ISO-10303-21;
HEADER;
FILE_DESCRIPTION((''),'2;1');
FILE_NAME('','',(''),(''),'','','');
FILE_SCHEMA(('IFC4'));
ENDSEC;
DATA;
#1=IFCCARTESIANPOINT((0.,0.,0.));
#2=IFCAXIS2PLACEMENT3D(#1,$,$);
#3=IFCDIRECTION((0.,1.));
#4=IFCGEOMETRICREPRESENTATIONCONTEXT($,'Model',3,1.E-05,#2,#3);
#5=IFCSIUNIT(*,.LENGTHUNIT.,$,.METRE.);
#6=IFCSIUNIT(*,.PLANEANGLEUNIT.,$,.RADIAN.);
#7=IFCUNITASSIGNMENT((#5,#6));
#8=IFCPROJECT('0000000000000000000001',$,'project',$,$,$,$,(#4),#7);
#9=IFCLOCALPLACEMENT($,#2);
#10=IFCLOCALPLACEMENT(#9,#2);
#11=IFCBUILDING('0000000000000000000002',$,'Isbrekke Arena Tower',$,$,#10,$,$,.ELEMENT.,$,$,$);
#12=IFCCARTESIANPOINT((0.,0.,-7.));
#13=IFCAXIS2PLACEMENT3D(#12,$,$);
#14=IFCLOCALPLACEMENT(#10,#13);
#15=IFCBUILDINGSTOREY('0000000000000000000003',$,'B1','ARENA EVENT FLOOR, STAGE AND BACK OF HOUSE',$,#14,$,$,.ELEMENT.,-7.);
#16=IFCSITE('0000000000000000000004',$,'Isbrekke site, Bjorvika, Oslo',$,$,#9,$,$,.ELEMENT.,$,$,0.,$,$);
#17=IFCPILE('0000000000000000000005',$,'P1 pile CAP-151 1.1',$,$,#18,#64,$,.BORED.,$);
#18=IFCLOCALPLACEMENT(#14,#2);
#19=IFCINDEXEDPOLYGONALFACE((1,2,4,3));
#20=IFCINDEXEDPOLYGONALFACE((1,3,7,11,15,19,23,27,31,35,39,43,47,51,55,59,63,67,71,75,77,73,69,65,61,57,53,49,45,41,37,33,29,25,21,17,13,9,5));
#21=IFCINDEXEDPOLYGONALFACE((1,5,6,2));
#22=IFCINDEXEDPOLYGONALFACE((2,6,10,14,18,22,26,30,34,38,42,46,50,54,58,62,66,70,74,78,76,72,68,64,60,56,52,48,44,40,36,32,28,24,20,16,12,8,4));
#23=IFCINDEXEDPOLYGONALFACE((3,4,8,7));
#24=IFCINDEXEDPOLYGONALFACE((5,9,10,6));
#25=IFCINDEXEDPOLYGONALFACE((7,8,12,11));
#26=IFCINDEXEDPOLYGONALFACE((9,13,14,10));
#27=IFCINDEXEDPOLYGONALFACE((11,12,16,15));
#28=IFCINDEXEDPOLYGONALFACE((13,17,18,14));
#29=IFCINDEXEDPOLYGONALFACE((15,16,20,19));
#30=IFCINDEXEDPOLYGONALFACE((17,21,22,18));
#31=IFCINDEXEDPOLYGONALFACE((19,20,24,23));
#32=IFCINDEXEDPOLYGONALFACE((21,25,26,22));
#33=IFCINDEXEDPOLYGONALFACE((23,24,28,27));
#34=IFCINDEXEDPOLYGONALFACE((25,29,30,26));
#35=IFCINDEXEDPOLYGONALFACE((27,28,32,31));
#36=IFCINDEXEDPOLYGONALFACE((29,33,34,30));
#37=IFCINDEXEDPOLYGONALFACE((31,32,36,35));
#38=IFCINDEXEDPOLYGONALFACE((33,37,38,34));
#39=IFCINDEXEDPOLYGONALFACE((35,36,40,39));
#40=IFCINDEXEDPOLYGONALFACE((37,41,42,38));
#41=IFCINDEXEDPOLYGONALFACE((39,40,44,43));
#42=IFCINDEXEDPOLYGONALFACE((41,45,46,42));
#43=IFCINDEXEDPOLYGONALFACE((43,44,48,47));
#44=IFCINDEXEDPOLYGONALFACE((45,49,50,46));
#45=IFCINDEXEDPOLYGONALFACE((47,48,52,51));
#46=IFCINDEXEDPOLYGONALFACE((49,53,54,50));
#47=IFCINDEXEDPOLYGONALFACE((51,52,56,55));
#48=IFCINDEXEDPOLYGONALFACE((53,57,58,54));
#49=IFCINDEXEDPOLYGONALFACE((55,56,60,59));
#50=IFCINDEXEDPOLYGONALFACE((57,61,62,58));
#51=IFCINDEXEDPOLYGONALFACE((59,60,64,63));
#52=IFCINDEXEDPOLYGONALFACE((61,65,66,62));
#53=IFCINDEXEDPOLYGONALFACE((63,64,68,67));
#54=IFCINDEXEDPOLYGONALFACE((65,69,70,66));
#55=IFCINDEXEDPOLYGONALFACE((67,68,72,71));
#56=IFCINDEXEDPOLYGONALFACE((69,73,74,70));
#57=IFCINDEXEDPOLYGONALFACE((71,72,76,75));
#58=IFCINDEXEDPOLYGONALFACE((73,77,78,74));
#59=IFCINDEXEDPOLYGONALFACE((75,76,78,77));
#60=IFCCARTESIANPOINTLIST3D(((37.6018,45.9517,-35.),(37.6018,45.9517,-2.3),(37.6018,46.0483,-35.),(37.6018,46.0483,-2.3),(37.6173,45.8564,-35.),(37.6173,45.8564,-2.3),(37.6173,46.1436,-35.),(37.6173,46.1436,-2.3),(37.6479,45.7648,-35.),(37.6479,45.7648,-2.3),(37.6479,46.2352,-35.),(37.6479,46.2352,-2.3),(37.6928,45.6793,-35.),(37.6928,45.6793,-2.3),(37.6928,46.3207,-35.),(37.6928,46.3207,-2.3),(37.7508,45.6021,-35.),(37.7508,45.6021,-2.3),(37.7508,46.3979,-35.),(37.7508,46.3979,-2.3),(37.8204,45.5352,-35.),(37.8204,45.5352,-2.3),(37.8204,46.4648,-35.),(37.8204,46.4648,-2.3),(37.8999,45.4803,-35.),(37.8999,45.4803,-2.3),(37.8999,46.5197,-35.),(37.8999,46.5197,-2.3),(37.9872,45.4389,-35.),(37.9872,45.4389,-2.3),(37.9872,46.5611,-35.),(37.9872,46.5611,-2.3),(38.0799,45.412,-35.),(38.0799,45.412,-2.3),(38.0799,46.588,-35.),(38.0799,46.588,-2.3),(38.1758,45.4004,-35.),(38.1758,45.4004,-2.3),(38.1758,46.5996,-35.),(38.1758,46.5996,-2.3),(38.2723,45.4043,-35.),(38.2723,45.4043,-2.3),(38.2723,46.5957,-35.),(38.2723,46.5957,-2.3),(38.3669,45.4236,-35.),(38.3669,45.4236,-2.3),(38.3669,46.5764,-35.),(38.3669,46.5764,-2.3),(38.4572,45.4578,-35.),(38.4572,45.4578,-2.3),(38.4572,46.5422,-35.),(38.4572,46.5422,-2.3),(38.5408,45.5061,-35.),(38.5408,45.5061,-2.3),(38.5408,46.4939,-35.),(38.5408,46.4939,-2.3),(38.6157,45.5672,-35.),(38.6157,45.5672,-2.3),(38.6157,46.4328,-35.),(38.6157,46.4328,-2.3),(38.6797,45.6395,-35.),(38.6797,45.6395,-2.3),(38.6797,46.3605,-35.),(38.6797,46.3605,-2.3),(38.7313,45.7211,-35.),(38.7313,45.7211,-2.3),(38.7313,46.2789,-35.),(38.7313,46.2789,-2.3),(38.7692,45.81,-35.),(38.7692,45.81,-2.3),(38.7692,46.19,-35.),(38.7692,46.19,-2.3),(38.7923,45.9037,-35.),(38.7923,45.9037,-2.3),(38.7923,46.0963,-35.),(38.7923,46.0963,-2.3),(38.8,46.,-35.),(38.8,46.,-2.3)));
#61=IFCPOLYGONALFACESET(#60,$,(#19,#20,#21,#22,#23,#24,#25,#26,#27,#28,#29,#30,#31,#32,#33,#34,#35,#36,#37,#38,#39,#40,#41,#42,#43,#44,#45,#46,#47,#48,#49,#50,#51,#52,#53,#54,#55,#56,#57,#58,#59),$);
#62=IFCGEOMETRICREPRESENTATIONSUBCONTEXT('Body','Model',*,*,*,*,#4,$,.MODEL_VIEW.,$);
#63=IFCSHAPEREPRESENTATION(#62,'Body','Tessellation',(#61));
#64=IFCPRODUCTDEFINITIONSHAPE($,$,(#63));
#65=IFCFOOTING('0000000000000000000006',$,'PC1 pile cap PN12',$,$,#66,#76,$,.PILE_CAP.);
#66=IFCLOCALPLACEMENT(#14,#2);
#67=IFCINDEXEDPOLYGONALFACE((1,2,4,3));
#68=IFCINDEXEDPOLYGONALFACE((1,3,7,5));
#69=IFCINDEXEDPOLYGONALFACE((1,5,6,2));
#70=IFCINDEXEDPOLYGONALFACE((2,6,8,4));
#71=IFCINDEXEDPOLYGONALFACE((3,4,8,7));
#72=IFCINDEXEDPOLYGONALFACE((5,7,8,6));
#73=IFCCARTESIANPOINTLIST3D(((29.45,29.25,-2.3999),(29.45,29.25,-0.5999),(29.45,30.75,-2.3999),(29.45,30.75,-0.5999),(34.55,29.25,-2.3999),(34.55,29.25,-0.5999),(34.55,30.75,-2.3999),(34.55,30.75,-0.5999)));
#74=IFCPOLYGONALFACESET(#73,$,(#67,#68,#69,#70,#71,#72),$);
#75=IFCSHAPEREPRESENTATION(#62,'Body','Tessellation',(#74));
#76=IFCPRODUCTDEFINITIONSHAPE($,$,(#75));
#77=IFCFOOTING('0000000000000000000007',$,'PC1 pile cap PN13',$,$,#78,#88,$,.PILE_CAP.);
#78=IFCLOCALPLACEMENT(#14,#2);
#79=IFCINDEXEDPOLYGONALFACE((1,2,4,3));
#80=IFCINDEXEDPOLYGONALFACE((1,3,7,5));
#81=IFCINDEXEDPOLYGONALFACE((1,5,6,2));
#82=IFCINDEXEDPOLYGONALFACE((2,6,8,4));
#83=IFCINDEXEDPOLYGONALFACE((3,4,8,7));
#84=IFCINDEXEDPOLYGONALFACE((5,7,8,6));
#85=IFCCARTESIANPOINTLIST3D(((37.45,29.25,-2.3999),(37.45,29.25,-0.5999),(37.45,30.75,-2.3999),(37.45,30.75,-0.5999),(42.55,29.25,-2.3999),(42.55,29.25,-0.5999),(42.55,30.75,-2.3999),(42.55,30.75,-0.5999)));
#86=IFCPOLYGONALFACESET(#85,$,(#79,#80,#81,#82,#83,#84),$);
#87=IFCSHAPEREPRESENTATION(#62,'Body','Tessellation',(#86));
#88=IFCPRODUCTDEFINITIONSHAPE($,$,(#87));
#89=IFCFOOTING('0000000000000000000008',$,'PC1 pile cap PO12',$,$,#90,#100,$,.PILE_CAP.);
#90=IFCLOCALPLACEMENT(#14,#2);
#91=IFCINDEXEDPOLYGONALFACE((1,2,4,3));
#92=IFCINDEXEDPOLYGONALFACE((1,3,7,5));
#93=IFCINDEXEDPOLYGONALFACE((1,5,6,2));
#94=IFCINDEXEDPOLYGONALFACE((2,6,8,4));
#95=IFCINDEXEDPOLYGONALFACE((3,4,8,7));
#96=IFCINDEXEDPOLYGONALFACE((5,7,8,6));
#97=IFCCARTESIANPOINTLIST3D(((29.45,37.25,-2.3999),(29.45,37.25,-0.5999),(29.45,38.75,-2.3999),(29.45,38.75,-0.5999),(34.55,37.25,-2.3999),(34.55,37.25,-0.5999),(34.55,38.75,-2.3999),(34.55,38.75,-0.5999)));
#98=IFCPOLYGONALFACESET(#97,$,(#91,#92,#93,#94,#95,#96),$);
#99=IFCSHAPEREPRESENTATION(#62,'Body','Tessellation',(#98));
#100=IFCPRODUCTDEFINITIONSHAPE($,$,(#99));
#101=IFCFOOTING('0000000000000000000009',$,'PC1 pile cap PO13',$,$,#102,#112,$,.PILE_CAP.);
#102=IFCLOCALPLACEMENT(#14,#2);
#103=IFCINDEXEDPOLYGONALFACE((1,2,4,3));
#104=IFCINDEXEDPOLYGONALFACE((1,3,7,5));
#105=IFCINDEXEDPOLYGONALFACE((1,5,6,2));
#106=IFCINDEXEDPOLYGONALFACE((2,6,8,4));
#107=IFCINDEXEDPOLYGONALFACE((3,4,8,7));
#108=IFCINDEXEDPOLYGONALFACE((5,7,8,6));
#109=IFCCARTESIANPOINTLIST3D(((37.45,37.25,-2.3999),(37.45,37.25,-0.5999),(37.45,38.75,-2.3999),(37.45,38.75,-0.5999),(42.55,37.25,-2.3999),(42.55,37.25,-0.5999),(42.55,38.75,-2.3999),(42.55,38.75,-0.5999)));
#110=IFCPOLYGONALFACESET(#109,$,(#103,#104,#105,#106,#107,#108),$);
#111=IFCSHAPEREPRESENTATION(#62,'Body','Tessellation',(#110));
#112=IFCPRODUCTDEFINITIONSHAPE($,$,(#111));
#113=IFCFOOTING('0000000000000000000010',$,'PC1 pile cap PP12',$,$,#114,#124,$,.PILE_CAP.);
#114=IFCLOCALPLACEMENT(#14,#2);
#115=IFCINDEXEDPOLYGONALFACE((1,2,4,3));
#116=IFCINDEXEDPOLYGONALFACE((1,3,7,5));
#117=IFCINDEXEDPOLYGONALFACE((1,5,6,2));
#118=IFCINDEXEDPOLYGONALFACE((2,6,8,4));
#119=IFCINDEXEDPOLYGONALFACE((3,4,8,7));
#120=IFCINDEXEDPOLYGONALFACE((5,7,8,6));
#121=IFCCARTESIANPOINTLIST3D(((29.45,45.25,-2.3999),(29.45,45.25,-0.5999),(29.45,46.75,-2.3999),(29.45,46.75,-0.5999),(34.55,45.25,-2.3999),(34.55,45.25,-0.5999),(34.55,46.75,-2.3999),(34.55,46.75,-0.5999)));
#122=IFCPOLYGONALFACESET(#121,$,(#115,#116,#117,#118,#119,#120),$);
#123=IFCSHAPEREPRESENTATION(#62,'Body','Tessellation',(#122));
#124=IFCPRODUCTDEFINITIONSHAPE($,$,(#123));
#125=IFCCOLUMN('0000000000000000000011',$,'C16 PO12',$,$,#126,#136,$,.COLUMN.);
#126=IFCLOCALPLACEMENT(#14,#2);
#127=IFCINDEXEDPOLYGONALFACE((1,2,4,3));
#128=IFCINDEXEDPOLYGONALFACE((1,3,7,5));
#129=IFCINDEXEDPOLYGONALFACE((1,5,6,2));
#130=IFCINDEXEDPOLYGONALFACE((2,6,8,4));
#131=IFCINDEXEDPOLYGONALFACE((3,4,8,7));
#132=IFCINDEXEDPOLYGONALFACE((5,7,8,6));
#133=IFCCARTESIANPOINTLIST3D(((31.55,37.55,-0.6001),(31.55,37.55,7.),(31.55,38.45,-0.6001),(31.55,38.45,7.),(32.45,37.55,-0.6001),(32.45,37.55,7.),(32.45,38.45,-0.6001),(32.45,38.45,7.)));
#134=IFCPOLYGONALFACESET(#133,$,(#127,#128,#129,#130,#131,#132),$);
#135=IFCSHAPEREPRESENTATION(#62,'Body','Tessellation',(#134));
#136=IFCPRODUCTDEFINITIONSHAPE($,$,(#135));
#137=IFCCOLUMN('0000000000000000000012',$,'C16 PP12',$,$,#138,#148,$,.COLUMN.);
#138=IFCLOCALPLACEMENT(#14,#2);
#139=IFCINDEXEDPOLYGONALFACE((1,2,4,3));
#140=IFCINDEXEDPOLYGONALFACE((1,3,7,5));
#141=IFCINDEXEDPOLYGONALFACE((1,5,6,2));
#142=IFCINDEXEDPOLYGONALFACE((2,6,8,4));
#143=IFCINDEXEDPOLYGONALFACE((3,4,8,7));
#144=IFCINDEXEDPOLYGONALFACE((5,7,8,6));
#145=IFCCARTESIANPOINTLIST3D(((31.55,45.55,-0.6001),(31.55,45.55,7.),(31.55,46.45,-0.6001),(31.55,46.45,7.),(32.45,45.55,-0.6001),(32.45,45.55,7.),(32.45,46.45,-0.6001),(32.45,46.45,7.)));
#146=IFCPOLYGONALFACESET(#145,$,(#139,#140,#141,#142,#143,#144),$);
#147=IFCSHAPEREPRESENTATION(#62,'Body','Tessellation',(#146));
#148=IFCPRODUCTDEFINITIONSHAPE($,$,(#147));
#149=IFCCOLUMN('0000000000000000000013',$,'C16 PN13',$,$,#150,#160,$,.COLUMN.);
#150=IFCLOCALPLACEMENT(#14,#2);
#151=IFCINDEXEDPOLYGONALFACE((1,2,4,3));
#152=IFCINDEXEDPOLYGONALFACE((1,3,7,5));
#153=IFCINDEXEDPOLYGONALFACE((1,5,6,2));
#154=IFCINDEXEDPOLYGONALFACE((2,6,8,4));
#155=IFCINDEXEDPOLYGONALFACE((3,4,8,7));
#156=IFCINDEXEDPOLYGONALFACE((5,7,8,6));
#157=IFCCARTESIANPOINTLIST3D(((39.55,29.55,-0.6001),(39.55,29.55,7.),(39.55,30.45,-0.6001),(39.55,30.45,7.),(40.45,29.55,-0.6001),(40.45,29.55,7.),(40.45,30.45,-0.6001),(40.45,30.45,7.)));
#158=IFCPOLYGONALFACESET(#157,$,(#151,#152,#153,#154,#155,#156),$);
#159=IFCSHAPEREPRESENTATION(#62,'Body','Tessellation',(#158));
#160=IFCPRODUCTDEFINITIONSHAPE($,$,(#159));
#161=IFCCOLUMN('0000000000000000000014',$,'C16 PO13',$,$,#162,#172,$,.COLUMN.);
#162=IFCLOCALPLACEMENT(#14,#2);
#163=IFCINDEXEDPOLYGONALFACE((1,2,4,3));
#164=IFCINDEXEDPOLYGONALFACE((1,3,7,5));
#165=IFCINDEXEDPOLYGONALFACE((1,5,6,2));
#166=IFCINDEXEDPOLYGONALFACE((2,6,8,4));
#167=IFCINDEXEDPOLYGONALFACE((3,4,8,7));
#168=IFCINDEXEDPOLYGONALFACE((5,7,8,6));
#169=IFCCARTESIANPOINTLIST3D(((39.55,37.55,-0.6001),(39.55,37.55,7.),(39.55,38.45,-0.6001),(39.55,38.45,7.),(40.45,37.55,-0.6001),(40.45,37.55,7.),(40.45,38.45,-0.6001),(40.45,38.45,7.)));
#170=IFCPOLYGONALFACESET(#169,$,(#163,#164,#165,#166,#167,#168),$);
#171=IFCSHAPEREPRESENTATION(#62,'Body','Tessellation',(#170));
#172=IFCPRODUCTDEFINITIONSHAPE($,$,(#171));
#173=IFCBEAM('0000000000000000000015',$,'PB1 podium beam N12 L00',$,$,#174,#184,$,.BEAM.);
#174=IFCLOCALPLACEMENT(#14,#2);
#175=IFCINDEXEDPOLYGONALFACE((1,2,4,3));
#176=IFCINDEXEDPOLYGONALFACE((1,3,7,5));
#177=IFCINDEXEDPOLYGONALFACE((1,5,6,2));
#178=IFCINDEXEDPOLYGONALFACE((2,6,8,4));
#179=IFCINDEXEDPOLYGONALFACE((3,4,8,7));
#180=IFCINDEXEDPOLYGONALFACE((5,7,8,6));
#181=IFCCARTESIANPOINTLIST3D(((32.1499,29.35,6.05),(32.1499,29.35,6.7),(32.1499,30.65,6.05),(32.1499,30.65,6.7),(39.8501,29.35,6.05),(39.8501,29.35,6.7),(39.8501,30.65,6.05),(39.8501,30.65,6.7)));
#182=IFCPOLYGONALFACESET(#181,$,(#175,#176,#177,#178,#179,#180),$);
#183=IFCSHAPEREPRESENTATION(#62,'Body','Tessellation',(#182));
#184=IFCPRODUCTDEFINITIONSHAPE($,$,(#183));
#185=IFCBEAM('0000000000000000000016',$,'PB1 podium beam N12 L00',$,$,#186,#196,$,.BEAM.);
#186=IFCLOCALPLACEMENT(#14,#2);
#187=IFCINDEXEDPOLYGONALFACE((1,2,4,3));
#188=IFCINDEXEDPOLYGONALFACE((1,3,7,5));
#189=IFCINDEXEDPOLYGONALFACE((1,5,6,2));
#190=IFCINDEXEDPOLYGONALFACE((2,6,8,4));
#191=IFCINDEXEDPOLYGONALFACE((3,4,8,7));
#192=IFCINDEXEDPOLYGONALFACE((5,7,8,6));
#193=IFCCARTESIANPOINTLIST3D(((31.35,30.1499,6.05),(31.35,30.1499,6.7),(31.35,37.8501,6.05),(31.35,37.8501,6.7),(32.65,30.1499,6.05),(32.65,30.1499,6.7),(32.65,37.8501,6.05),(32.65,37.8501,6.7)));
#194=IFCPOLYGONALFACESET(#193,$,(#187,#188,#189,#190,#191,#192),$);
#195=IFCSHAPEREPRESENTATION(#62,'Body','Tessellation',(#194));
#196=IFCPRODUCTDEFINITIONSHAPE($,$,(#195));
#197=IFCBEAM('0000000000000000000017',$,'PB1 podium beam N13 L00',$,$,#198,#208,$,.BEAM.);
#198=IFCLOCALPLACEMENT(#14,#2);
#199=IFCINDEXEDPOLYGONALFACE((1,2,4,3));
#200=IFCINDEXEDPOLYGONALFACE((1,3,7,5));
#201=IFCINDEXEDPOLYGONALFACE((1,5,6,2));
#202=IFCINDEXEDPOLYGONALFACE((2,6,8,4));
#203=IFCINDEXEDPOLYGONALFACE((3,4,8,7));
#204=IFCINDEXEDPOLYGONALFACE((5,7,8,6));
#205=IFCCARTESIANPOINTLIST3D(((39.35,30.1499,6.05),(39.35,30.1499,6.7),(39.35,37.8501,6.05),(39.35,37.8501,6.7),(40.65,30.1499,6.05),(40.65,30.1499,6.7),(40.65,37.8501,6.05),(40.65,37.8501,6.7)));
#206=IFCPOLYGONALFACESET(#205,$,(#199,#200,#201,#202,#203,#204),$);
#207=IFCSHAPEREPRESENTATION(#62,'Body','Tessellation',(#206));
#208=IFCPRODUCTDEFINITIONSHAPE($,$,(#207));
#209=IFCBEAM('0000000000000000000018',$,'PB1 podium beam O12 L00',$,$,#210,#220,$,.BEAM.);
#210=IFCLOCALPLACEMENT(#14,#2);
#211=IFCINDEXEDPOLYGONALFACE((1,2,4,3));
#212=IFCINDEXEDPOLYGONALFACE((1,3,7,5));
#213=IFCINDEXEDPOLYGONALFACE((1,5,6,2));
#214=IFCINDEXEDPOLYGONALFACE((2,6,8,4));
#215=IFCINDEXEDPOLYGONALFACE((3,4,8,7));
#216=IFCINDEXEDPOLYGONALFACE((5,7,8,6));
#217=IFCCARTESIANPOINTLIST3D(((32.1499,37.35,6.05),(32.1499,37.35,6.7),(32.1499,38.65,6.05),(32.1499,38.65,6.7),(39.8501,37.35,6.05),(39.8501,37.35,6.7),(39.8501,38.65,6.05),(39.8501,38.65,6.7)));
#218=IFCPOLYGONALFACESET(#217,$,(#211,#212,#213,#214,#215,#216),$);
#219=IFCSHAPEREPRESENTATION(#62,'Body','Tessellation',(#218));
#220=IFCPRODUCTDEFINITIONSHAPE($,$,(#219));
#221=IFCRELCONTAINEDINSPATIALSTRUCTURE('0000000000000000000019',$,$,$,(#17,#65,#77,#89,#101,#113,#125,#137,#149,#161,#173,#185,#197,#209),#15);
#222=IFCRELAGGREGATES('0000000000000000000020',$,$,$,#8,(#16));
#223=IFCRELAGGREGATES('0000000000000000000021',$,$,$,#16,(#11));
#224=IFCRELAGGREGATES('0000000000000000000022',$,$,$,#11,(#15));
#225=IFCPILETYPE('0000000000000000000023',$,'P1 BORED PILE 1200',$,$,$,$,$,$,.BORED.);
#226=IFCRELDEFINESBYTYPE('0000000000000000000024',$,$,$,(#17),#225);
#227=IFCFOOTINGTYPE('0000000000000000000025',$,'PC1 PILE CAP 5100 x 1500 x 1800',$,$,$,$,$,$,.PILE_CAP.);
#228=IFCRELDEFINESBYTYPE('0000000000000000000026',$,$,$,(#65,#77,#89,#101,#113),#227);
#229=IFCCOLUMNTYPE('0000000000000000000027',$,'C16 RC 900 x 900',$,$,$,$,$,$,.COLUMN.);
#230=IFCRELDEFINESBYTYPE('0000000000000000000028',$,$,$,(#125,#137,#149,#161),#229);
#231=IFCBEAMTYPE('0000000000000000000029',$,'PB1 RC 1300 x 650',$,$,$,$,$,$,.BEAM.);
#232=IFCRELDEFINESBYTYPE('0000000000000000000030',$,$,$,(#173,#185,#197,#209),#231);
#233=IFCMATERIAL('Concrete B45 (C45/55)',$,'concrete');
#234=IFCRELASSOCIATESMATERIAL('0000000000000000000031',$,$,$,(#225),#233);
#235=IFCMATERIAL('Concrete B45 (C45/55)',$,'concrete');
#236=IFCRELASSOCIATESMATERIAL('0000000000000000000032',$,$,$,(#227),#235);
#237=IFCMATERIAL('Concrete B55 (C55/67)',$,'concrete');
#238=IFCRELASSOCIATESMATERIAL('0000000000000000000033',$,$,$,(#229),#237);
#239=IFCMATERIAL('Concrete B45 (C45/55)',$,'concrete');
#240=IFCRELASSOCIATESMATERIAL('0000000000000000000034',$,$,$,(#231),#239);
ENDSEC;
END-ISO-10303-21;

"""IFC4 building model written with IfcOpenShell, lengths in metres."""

from ifc_helpers import new_model, si_unit, direction, frame, origin, origin_2d, place, context, subcontext, project, spatial, rectangle, circle, extrude, material, material_profile, profile_set, type_object, element, save


model = new_model("IFC4")

# Units and contexts
model_context = context("Model", 3, precision=1e-05, world=origin(), true_north=direction((0.0, 1.0)))
body_context = subcontext(model_context, "Body", "Model", "MODEL_VIEW")
ifc_project = project(units=[si_unit("LENGTHUNIT", "METRE"), si_unit("PLANEANGLEUNIT", "RADIAN")], contexts=[model_context])

# Site, building, storey
site_placement = place(None, origin())
site = spatial("IfcSite", under=ifc_project, at=site_placement, Name="Isbrekke site, Bjorvika, Oslo", CompositionType="ELEMENT", RefElevation=0.0)
building_placement = place(site_placement, origin())
building = spatial("IfcBuilding", under=site, at=building_placement, Name="Isbrekke Arena Tower", CompositionType="ELEMENT")
storey_placement = place(building_placement, frame((0.0, 0.0, -7.0)))
storey = spatial("IfcBuildingStorey", under=building, at=storey_placement, Name="B1", Description="ARENA EVENT FLOOR, STAGE AND BACK OF HOUSE", CompositionType="ELEMENT", Elevation=-7.0)

# Pile
ifc_material_1 = material(Name="Concrete B45 (C45/55)", Category="concrete")
ifc_material_profile_1 = material_profile(ifc_material_1, circle(Radius=0.6001, at=origin_2d()), Name="BORED PILE D1200")
ifc_profile_set_1 = profile_set([ifc_material_profile_1], Name="Concrete B45 (C45/55)")
pile_type = type_object("IfcPileType", Name="P1 BORED PILE 1200", PredefinedType="BORED", material=ifc_profile_set_1)
for number, where, z_axis, x_axis, name in (
    (1, (38.2, 46.0, -2.3), (0.0, 0.0, -1.0), (1.0, 0.0, 0.0), "P1 pile CAP-151 1.1"),
):
    element("IfcPile", number, at=place(storey_placement, frame(where, z_axis=z_axis, x_axis=x_axis)), inside=storey, type_object=pile_type, Name=name, PredefinedType="BORED", context=body_context, shape_type="SweptSolid", body=[
        extrude(circle(Radius=0.6001, at=origin_2d()), origin(), (0.0, 0.0, 1.0), 32.7),
    ])

# Footings
ifc_material_2 = material(Name="Concrete B45 (C45/55)", Category="concrete")
footing_type = type_object("IfcFootingType", Name="PC1 PILE CAP 5100 x 1500 x 1800", PredefinedType="PILE_CAP", material=ifc_material_2)
for number, where, z_axis, x_axis, name in (
    (2, (32.0, 30.0, -2.3999), (0.0, 0.0, 1.0), (1.0, 0.0, 0.0), "PC1 pile cap PN12"),
    (3, (40.0, 30.0, -2.3999), (0.0, 0.0, 1.0), (1.0, 0.0, 0.0), "PC1 pile cap PN13"),
    (4, (32.0, 38.0, -2.3999), (0.0, 0.0, 1.0), (1.0, 0.0, 0.0), "PC1 pile cap PO12"),
    (5, (40.0, 38.0, -2.3999), (0.0, 0.0, 1.0), (1.0, 0.0, 0.0), "PC1 pile cap PO13"),
    (6, (32.0, 46.0, -2.3999), (0.0, 0.0, 1.0), (1.0, 0.0, 0.0), "PC1 pile cap PP12"),
):
    element("IfcFooting", number, at=place(storey_placement, frame(where, z_axis=z_axis, x_axis=x_axis)), inside=storey, type_object=footing_type, Name=name, PredefinedType="PILE_CAP", context=body_context, shape_type="SweptSolid", body=[
        extrude(rectangle(XDim=5.1001, YDim=1.5, at=origin_2d()), origin(), (0.0, 0.0, 1.0), 1.8),
    ])

# Columns
ifc_material_3 = material(Name="Concrete B55 (C55/67)", Category="concrete")
ifc_material_profile_2 = material_profile(ifc_material_3, rectangle(XDim=0.8999, YDim=0.8999, at=origin_2d()), Name="RC 900x900")
ifc_profile_set_2 = profile_set([ifc_material_profile_2], Name="Concrete B55 (C55/67)")
column_type = type_object("IfcColumnType", Name="C16 RC 900 x 900", PredefinedType="COLUMN", material=ifc_profile_set_2)
for number, where, z_axis, x_axis, name in (
    (7, (32.0, 38.0, -0.6001), (0.0, 0.0, 1.0), (1.0, 0.0, 0.0), "C16 PO12"),
    (8, (32.0, 46.0, -0.6001), (0.0, 0.0, 1.0), (1.0, 0.0, 0.0), "C16 PP12"),
    (9, (40.0, 30.0, -0.6001), (0.0, 0.0, 1.0), (1.0, 0.0, 0.0), "C16 PN13"),
    (10, (40.0, 38.0, -0.6001), (0.0, 0.0, 1.0), (1.0, 0.0, 0.0), "C16 PO13"),
):
    element("IfcColumn", number, at=place(storey_placement, frame(where, z_axis=z_axis, x_axis=x_axis)), inside=storey, type_object=column_type, Name=name, PredefinedType="COLUMN", context=body_context, shape_type="SweptSolid", body=[
        extrude(rectangle(XDim=0.8999, YDim=0.8999, at=origin_2d()), origin(), (0.0, 0.0, 1.0), 7.6001),
    ])

# Beams
ifc_material_4 = material(Name="Concrete B45 (C45/55)", Category="concrete")
ifc_material_profile_3 = material_profile(ifc_material_4, rectangle(XDim=1.3, YDim=0.6499, at=origin_2d()), Name="RC 1300x650")
ifc_profile_set_3 = profile_set([ifc_material_profile_3], Name="Concrete B45 (C45/55)")
beam_type = type_object("IfcBeamType", Name="PB1 RC 1300 x 650", PredefinedType="BEAM", material=ifc_profile_set_3)
for number, where, z_axis, x_axis, name in (
    (11, (32.1499, 30.0, 6.375), (1.0, 0.0, 0.0), (0.0, 1.0, 0.0), "PB1 podium beam N12 L00"),
    (12, (32.0, 30.1499, 6.375), (0.0, 1.0, 0.0), (-1.0, 0.0, 0.0), "PB1 podium beam N12 L00"),
    (13, (40.0, 30.1499, 6.375), (0.0, 1.0, 0.0), (-1.0, 0.0, 0.0), "PB1 podium beam N13 L00"),
    (14, (32.1499, 38.0, 6.375), (1.0, 0.0, 0.0), (0.0, 1.0, 0.0), "PB1 podium beam O12 L00"),
):
    element("IfcBeam", number, at=place(storey_placement, frame(where, z_axis=z_axis, x_axis=x_axis)), inside=storey, type_object=beam_type, Name=name, PredefinedType="BEAM", context=body_context, shape_type="SweptSolid", body=[
        extrude(rectangle(XDim=1.3, YDim=0.6499, at=origin_2d()), origin(), (0.0, 0.0, 1.0), 7.7002),
    ])

save(model, "model.ifc")
